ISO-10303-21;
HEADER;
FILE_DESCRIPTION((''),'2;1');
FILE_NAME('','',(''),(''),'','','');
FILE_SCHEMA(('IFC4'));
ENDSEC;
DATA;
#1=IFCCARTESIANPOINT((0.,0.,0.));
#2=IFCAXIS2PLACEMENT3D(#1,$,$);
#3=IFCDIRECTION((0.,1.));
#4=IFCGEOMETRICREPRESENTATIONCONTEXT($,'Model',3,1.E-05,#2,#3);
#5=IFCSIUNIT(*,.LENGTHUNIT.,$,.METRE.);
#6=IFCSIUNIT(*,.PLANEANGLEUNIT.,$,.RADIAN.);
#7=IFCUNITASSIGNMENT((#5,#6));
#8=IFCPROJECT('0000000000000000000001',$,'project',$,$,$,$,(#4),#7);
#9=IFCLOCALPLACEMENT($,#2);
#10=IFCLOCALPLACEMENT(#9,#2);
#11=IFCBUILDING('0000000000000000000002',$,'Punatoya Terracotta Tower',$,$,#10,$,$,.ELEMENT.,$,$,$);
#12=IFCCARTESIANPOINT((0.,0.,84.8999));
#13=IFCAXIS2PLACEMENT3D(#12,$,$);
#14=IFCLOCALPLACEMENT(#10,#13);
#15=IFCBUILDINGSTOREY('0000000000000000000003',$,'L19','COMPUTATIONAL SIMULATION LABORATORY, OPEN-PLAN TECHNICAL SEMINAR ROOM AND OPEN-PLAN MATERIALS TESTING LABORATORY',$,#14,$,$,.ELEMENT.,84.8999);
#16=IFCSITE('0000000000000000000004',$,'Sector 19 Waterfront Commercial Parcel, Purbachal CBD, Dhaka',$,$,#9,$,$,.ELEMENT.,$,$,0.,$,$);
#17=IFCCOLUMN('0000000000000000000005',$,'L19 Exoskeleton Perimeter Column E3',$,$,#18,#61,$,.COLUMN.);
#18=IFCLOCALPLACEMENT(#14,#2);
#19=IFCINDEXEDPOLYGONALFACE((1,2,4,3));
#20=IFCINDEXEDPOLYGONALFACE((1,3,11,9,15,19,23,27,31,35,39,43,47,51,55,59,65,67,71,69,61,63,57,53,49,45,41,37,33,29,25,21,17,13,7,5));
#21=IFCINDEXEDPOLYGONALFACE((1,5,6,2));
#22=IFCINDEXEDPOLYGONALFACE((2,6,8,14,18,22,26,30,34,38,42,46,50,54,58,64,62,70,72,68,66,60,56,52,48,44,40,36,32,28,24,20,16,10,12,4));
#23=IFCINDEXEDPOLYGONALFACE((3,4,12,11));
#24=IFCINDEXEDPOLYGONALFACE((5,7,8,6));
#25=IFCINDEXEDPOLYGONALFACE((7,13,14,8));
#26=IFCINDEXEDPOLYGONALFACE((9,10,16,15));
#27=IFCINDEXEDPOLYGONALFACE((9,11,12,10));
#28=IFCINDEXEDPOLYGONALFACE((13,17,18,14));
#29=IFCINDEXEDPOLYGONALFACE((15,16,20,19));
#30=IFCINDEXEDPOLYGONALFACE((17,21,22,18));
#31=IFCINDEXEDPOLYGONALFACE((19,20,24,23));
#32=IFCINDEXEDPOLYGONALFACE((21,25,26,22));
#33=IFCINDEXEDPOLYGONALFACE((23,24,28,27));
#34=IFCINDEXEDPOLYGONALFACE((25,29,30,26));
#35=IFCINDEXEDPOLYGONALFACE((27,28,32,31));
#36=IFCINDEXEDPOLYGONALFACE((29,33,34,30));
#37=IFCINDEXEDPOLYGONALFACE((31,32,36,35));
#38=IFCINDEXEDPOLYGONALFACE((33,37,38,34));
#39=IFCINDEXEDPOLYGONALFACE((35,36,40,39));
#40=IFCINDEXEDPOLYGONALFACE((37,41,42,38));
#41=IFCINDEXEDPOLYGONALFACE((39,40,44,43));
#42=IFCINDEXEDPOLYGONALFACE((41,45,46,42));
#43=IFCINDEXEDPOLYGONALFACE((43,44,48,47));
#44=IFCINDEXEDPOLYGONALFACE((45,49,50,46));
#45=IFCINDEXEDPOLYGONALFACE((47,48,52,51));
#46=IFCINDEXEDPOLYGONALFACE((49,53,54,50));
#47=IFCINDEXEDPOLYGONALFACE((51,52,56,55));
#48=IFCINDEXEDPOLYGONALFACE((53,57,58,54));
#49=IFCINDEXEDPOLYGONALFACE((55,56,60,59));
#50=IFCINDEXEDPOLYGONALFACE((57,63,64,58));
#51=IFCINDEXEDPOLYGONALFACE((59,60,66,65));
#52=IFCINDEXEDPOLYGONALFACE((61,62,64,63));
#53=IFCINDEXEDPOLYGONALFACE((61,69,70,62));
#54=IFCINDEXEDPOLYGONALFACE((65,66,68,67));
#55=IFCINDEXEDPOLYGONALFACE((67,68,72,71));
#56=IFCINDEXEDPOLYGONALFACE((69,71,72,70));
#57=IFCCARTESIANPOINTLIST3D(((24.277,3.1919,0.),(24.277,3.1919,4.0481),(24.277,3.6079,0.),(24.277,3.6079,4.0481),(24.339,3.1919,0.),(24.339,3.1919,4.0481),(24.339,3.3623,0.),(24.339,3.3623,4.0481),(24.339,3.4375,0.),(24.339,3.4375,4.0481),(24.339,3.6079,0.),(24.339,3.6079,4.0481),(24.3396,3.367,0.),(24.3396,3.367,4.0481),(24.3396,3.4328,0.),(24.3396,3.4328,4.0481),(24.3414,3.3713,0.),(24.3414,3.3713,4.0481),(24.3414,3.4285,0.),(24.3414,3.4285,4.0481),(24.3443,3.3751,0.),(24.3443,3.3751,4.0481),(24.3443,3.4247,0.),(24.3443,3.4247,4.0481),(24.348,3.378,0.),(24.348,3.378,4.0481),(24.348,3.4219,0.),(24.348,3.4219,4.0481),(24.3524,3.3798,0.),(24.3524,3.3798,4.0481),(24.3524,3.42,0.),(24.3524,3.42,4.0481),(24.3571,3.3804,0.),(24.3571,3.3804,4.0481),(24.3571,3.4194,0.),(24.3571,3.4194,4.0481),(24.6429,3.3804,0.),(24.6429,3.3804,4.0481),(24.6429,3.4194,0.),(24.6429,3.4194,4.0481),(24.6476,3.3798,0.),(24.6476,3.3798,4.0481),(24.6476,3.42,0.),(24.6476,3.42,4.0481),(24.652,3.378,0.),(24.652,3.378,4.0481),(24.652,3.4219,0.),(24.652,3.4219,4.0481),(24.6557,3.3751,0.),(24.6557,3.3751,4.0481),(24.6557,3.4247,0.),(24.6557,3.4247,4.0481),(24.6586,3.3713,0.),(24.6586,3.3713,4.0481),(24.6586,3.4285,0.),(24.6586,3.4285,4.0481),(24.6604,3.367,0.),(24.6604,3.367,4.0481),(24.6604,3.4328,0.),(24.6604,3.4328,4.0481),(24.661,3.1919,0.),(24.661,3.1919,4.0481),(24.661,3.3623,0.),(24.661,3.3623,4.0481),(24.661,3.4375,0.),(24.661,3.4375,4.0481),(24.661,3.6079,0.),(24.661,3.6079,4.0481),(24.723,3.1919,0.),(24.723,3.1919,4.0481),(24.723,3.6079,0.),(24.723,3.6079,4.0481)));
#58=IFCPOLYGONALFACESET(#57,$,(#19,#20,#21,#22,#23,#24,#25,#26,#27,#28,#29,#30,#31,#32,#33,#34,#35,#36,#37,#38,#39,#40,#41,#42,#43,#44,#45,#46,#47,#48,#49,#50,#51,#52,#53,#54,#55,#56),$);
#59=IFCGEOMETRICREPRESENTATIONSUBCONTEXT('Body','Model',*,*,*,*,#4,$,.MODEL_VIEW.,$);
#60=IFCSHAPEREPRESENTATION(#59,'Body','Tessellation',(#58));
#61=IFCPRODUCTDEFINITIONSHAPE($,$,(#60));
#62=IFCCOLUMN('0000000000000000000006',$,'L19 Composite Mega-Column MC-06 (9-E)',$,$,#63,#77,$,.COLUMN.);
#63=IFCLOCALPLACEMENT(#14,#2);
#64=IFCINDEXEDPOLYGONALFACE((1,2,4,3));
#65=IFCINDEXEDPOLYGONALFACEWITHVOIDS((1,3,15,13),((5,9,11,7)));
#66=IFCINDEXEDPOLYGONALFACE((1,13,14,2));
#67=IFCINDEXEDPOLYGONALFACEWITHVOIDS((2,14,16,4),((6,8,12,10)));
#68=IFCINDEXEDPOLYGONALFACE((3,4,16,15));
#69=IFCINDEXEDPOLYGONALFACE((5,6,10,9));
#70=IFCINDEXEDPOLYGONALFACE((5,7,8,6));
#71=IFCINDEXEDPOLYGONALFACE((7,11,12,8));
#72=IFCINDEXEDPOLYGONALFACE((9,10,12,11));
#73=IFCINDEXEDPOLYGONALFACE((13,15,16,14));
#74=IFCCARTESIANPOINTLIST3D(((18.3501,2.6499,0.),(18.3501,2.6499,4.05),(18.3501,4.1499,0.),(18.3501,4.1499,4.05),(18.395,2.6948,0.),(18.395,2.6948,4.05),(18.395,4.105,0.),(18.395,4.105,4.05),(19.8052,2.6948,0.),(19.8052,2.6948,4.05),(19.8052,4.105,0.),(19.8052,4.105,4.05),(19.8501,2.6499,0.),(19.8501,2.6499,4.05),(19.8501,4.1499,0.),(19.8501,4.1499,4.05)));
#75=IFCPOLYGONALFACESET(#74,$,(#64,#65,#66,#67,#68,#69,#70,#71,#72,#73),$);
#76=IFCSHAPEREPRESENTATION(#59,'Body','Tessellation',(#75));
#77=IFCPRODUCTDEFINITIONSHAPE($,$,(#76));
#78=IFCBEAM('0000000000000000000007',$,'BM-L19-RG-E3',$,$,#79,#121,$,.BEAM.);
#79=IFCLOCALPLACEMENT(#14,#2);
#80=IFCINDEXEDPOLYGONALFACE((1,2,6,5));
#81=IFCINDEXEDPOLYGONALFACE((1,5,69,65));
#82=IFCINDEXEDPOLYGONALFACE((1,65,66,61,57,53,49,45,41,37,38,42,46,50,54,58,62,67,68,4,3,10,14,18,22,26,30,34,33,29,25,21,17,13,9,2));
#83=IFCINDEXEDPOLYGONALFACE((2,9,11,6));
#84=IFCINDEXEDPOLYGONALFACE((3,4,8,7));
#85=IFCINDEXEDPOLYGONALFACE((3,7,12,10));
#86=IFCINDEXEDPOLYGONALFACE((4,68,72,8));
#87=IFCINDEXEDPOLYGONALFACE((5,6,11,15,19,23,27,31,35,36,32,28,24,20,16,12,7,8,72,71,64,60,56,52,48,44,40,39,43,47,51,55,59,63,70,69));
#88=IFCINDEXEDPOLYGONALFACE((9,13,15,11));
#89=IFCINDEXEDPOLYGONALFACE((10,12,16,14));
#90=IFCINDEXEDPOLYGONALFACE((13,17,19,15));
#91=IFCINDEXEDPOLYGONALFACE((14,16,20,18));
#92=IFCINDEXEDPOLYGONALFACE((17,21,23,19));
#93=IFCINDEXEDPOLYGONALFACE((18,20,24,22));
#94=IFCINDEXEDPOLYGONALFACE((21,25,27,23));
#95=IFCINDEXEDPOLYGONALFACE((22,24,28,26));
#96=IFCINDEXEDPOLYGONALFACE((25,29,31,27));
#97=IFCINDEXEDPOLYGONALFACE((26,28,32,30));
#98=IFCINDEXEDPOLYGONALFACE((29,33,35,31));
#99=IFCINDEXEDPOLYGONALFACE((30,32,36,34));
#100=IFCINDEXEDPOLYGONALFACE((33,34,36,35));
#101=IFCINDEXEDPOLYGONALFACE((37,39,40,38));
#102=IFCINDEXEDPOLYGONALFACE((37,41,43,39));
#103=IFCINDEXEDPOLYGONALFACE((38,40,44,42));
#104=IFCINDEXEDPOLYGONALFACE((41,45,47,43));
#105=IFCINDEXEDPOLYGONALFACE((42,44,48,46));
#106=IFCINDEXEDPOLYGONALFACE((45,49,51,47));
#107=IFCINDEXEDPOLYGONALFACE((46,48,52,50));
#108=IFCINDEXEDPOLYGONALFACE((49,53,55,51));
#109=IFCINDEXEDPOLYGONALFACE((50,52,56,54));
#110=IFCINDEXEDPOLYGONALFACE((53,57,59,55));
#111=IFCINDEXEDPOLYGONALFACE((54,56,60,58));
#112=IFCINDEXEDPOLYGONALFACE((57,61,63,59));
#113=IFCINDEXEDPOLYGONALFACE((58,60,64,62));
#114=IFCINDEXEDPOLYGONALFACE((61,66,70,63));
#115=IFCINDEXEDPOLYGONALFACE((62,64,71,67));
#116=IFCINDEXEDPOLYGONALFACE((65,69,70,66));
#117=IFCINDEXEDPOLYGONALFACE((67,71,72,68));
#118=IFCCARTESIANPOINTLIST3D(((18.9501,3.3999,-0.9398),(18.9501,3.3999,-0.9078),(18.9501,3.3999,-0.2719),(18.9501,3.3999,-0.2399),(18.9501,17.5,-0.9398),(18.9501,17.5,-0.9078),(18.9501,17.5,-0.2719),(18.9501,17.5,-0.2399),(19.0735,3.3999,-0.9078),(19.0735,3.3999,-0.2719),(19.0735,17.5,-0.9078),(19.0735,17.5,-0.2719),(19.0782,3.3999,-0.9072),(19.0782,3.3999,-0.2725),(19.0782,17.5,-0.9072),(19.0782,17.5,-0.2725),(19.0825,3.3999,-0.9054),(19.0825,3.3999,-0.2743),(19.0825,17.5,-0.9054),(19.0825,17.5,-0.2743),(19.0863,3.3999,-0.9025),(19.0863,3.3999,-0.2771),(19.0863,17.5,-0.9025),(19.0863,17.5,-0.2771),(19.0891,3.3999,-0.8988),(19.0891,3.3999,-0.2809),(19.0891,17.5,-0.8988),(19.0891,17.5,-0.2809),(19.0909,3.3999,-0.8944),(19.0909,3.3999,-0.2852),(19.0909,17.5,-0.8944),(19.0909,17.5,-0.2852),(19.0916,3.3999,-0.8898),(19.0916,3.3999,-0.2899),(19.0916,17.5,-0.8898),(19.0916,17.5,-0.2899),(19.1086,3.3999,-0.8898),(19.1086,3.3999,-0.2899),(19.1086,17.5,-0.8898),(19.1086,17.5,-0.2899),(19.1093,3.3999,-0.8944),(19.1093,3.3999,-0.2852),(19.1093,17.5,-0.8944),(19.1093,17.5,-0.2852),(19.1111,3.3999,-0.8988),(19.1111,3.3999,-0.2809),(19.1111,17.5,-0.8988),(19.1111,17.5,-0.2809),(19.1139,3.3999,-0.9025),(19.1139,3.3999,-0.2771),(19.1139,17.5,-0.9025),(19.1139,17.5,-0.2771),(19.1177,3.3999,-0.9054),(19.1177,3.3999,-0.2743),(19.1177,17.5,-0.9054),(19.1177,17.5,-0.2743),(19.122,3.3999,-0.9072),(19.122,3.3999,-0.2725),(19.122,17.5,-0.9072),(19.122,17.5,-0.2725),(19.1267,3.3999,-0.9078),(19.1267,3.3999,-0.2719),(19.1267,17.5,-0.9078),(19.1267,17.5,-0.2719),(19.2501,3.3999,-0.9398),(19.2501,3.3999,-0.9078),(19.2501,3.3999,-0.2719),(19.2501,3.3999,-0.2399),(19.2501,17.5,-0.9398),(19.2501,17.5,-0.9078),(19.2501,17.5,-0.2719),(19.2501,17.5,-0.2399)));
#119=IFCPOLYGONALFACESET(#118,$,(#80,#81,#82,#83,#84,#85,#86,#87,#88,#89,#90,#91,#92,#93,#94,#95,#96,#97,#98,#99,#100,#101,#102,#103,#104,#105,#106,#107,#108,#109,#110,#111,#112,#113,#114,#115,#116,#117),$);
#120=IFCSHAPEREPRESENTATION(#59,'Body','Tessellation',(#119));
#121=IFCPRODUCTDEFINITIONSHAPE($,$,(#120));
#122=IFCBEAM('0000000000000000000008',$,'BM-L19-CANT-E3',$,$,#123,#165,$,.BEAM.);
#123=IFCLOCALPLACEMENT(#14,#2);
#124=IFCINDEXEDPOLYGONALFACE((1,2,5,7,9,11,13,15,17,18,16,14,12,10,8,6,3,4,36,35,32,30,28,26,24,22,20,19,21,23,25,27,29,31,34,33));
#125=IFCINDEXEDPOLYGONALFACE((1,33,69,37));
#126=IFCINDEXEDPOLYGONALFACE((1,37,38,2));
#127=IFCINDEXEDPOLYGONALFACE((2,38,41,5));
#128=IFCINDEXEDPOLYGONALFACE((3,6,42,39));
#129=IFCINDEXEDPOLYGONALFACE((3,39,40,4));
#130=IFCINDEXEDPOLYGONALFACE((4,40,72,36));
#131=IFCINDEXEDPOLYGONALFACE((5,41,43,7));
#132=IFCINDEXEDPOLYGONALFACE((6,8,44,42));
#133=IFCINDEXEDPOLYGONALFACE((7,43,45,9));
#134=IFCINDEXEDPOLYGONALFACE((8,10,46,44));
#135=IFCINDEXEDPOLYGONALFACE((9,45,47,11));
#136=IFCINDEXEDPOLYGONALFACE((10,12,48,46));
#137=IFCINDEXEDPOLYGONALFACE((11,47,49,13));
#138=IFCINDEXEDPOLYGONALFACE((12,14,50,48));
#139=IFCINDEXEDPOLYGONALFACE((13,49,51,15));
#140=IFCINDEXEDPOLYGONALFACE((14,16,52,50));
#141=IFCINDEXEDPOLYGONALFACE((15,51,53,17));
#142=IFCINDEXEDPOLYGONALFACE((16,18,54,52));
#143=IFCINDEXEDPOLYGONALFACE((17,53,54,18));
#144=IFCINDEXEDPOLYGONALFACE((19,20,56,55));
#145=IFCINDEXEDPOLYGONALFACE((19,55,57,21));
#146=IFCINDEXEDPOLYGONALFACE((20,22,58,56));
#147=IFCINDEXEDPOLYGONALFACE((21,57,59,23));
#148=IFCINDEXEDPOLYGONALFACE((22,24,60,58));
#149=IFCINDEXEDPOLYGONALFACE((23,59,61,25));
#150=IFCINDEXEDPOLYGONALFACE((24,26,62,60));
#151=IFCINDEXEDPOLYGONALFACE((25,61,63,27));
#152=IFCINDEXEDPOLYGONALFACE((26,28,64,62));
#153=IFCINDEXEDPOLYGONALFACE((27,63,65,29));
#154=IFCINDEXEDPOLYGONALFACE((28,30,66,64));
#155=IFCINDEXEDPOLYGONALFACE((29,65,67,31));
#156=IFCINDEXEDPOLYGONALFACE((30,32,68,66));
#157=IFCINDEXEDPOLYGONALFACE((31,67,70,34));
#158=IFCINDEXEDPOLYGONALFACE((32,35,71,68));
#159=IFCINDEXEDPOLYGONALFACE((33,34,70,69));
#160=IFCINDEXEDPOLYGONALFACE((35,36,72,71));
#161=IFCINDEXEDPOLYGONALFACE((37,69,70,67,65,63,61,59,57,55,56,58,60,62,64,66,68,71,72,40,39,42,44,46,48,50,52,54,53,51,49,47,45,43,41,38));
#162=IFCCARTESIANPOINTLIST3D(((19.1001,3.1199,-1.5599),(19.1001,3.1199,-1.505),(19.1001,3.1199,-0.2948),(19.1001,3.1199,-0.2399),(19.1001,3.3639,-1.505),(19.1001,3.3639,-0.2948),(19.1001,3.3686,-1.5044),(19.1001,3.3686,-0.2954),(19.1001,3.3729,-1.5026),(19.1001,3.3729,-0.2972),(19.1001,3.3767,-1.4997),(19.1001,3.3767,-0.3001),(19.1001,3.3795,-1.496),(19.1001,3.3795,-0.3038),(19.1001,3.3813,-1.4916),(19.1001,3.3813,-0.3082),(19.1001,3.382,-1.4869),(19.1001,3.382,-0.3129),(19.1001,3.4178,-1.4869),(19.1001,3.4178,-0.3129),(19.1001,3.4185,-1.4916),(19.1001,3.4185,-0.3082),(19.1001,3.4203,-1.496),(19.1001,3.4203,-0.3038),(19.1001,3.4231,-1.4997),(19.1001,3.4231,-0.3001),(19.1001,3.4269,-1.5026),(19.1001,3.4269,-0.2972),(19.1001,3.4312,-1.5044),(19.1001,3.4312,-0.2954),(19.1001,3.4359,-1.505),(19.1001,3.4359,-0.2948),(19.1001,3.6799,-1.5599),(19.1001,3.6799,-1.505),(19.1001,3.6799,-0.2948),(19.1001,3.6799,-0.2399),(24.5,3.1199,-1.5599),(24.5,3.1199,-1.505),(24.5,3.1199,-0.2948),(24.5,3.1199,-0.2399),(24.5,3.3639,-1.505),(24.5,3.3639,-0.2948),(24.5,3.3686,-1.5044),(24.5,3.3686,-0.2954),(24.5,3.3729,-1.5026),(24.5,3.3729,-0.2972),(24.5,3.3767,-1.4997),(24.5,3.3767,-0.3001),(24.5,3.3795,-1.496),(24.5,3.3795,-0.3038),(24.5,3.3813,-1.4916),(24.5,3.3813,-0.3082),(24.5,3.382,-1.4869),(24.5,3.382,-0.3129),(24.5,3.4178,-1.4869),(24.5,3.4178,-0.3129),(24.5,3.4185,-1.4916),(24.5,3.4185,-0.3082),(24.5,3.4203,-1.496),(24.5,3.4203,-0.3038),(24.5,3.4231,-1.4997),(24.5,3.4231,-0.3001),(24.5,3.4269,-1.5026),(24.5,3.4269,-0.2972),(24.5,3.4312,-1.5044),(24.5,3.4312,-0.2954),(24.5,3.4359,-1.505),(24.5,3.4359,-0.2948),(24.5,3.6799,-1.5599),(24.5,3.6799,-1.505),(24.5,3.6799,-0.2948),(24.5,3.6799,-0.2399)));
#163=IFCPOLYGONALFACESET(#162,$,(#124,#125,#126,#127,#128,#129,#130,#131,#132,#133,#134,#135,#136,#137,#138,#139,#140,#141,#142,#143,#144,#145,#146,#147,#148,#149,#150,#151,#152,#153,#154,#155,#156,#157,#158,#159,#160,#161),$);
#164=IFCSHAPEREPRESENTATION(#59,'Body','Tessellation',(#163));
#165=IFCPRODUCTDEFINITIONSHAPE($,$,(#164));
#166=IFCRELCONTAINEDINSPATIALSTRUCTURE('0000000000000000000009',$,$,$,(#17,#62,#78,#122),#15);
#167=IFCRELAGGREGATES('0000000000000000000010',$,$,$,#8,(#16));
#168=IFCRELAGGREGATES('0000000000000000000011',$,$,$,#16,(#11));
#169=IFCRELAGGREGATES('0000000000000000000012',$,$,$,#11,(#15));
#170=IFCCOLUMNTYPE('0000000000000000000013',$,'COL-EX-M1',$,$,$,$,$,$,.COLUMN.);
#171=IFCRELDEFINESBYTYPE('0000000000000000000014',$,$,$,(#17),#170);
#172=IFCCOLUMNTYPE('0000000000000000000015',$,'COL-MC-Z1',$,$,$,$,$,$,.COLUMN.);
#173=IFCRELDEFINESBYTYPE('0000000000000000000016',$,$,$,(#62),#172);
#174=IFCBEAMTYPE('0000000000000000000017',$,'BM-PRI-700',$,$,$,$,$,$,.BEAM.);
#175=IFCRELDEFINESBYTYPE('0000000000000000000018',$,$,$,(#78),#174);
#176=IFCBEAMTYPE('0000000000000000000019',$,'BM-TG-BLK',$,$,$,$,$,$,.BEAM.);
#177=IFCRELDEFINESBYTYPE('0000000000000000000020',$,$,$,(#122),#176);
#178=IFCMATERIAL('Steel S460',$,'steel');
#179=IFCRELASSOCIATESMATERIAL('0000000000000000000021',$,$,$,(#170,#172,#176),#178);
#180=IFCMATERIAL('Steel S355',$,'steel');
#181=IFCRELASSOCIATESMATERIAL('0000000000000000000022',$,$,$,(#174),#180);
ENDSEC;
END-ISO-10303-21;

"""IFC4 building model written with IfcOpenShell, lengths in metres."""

from ifc_helpers import new_model, si_unit, direction, frame, origin, origin_2d, place, context, subcontext, project, spatial, hollow_rectangle, i_section, extrude, material, material_profile, profile_set, type_object, element, save


model = new_model("IFC4")

# Units and contexts
model_context = context("Model", 3, precision=1e-05, world=origin(), true_north=direction((0.0, 1.0)))
body_context = subcontext(model_context, "Body", "Model", "MODEL_VIEW")
ifc_project = project(units=[si_unit("LENGTHUNIT", "METRE"), si_unit("PLANEANGLEUNIT", "RADIAN")], contexts=[model_context])

# Site, building, storey
site_placement = place(None, origin())
site = spatial("IfcSite", under=ifc_project, at=site_placement, Name="Sector 19 Waterfront Commercial Parcel, Purbachal CBD, Dhaka", CompositionType="ELEMENT", RefElevation=0.0)
building_placement = place(site_placement, origin())
building = spatial("IfcBuilding", under=site, at=building_placement, Name="Punatoya Terracotta Tower", CompositionType="ELEMENT")
storey_placement = place(building_placement, frame((0.0, 0.0, 84.8999)))
storey = spatial("IfcBuildingStorey", under=building, at=storey_placement, Name="L19", Description="COMPUTATIONAL SIMULATION LABORATORY, OPEN-PLAN TECHNICAL SEMINAR ROOM AND OPEN-PLAN MATERIALS TESTING LABORATORY", CompositionType="ELEMENT", Elevation=84.8999)

# Columns
ifc_material_1 = material(Name="Steel S460", Category="steel")
ifc_material_profile_1 = material_profile(ifc_material_1, i_section(OverallWidth=0.416, OverallDepth=0.446, WebThickness=0.0391, FlangeThickness=0.062, FilletRadius=0.0181, at=origin_2d()))
ifc_profile_set_1 = profile_set([ifc_material_profile_1], Name="Steel S460")
column_type_1 = type_object("IfcColumnType", Name="COL-EX-M1", PredefinedType="COLUMN", material=ifc_profile_set_1)
column_1_placement = place(storey_placement, frame((24.5, 3.3999, 0.0), z_axis=(0.0, 0.0, 1.0), x_axis=(0.0, 1.0, 0.0)))
element("IfcColumn", 1, at=column_1_placement, inside=storey, type_object=column_type_1, Name="L19 Exoskeleton Perimeter Column E3", PredefinedType="COLUMN", context=body_context, shape_type="SweptSolid", body=[
    extrude(i_section(OverallWidth=0.416, OverallDepth=0.446, WebThickness=0.0391, FlangeThickness=0.062, FilletRadius=0.0181, at=origin_2d()), origin(), (0.0, 0.0, 1.0), 4.0481),
])
ifc_material_profile_2 = material_profile(ifc_material_1, hollow_rectangle(XDim=1.5, YDim=1.5, WallThickness=0.0449, at=origin_2d()))
ifc_profile_set_2 = profile_set([ifc_material_profile_2], Name="Steel S460")
column_type_2 = type_object("IfcColumnType", Name="COL-MC-Z1", PredefinedType="COLUMN", material=ifc_profile_set_2)
column_2_placement = place(storey_placement, frame((19.1001, 3.3999, 0.0), z_axis=(0.0, 0.0, 1.0), x_axis=(1.0, 0.0, 0.0)))
element("IfcColumn", 2, at=column_2_placement, inside=storey, type_object=column_type_2, Name="L19 Composite Mega-Column MC-06 (9-E)", PredefinedType="COLUMN", context=body_context, shape_type="SweptSolid", body=[
    extrude(hollow_rectangle(XDim=1.5, YDim=1.5, WallThickness=0.0449, at=origin_2d()), origin(), (0.0, 0.0, 1.0), 4.05),
])

# Beams
ifc_material_2 = material(Name="Steel S355", Category="steel")
ifc_material_profile_3 = material_profile(ifc_material_2, i_section(OverallWidth=0.3, OverallDepth=0.7, WebThickness=0.0171, FlangeThickness=0.032, FilletRadius=0.0181, at=origin_2d()))
ifc_profile_set_3 = profile_set([ifc_material_profile_3], Name="Steel S355")
beam_type_1 = type_object("IfcBeamType", Name="BM-PRI-700", PredefinedType="BEAM", material=ifc_profile_set_3)
beam_1_placement = place(storey_placement, frame((19.1001, 3.3999, -0.5898), z_axis=(0.0, 1.0, 0.0), x_axis=(-1.0, 0.0, 0.0)))
element("IfcBeam", 3, at=beam_1_placement, inside=storey, type_object=beam_type_1, Name="BM-L19-RG-E3", PredefinedType="BEAM", context=body_context, shape_type="SweptSolid", body=[
    extrude(i_section(OverallWidth=0.3, OverallDepth=0.7, WebThickness=0.0171, FlangeThickness=0.032, FilletRadius=0.0181, at=origin_2d()), origin(), (0.0, 0.0, 1.0), 14.1001),
])
ifc_material_profile_4 = material_profile(ifc_material_1, i_section(OverallWidth=0.5601, OverallDepth=1.3201, WebThickness=0.0359, FlangeThickness=0.0549, FilletRadius=0.0181, at=origin_2d()))
ifc_profile_set_4 = profile_set([ifc_material_profile_4], Name="Steel S460")
beam_type_2 = type_object("IfcBeamType", Name="BM-TG-BLK", PredefinedType="BEAM", material=ifc_profile_set_4)
beam_2_placement = place(storey_placement, frame((19.1001, 3.3999, -0.8999), z_axis=(1.0, 0.0, 0.0), x_axis=(0.0, 1.0, 0.0)))
element("IfcBeam", 4, at=beam_2_placement, inside=storey, type_object=beam_type_2, Name="BM-L19-CANT-E3", PredefinedType="BEAM", context=body_context, shape_type="SweptSolid", body=[
    extrude(i_section(OverallWidth=0.5601, OverallDepth=1.3201, WebThickness=0.0359, FlangeThickness=0.0549, FilletRadius=0.0181, at=origin_2d()), origin(), (0.0, 0.0, 1.0), 5.3999),
])

save(model, "model.ifc")
